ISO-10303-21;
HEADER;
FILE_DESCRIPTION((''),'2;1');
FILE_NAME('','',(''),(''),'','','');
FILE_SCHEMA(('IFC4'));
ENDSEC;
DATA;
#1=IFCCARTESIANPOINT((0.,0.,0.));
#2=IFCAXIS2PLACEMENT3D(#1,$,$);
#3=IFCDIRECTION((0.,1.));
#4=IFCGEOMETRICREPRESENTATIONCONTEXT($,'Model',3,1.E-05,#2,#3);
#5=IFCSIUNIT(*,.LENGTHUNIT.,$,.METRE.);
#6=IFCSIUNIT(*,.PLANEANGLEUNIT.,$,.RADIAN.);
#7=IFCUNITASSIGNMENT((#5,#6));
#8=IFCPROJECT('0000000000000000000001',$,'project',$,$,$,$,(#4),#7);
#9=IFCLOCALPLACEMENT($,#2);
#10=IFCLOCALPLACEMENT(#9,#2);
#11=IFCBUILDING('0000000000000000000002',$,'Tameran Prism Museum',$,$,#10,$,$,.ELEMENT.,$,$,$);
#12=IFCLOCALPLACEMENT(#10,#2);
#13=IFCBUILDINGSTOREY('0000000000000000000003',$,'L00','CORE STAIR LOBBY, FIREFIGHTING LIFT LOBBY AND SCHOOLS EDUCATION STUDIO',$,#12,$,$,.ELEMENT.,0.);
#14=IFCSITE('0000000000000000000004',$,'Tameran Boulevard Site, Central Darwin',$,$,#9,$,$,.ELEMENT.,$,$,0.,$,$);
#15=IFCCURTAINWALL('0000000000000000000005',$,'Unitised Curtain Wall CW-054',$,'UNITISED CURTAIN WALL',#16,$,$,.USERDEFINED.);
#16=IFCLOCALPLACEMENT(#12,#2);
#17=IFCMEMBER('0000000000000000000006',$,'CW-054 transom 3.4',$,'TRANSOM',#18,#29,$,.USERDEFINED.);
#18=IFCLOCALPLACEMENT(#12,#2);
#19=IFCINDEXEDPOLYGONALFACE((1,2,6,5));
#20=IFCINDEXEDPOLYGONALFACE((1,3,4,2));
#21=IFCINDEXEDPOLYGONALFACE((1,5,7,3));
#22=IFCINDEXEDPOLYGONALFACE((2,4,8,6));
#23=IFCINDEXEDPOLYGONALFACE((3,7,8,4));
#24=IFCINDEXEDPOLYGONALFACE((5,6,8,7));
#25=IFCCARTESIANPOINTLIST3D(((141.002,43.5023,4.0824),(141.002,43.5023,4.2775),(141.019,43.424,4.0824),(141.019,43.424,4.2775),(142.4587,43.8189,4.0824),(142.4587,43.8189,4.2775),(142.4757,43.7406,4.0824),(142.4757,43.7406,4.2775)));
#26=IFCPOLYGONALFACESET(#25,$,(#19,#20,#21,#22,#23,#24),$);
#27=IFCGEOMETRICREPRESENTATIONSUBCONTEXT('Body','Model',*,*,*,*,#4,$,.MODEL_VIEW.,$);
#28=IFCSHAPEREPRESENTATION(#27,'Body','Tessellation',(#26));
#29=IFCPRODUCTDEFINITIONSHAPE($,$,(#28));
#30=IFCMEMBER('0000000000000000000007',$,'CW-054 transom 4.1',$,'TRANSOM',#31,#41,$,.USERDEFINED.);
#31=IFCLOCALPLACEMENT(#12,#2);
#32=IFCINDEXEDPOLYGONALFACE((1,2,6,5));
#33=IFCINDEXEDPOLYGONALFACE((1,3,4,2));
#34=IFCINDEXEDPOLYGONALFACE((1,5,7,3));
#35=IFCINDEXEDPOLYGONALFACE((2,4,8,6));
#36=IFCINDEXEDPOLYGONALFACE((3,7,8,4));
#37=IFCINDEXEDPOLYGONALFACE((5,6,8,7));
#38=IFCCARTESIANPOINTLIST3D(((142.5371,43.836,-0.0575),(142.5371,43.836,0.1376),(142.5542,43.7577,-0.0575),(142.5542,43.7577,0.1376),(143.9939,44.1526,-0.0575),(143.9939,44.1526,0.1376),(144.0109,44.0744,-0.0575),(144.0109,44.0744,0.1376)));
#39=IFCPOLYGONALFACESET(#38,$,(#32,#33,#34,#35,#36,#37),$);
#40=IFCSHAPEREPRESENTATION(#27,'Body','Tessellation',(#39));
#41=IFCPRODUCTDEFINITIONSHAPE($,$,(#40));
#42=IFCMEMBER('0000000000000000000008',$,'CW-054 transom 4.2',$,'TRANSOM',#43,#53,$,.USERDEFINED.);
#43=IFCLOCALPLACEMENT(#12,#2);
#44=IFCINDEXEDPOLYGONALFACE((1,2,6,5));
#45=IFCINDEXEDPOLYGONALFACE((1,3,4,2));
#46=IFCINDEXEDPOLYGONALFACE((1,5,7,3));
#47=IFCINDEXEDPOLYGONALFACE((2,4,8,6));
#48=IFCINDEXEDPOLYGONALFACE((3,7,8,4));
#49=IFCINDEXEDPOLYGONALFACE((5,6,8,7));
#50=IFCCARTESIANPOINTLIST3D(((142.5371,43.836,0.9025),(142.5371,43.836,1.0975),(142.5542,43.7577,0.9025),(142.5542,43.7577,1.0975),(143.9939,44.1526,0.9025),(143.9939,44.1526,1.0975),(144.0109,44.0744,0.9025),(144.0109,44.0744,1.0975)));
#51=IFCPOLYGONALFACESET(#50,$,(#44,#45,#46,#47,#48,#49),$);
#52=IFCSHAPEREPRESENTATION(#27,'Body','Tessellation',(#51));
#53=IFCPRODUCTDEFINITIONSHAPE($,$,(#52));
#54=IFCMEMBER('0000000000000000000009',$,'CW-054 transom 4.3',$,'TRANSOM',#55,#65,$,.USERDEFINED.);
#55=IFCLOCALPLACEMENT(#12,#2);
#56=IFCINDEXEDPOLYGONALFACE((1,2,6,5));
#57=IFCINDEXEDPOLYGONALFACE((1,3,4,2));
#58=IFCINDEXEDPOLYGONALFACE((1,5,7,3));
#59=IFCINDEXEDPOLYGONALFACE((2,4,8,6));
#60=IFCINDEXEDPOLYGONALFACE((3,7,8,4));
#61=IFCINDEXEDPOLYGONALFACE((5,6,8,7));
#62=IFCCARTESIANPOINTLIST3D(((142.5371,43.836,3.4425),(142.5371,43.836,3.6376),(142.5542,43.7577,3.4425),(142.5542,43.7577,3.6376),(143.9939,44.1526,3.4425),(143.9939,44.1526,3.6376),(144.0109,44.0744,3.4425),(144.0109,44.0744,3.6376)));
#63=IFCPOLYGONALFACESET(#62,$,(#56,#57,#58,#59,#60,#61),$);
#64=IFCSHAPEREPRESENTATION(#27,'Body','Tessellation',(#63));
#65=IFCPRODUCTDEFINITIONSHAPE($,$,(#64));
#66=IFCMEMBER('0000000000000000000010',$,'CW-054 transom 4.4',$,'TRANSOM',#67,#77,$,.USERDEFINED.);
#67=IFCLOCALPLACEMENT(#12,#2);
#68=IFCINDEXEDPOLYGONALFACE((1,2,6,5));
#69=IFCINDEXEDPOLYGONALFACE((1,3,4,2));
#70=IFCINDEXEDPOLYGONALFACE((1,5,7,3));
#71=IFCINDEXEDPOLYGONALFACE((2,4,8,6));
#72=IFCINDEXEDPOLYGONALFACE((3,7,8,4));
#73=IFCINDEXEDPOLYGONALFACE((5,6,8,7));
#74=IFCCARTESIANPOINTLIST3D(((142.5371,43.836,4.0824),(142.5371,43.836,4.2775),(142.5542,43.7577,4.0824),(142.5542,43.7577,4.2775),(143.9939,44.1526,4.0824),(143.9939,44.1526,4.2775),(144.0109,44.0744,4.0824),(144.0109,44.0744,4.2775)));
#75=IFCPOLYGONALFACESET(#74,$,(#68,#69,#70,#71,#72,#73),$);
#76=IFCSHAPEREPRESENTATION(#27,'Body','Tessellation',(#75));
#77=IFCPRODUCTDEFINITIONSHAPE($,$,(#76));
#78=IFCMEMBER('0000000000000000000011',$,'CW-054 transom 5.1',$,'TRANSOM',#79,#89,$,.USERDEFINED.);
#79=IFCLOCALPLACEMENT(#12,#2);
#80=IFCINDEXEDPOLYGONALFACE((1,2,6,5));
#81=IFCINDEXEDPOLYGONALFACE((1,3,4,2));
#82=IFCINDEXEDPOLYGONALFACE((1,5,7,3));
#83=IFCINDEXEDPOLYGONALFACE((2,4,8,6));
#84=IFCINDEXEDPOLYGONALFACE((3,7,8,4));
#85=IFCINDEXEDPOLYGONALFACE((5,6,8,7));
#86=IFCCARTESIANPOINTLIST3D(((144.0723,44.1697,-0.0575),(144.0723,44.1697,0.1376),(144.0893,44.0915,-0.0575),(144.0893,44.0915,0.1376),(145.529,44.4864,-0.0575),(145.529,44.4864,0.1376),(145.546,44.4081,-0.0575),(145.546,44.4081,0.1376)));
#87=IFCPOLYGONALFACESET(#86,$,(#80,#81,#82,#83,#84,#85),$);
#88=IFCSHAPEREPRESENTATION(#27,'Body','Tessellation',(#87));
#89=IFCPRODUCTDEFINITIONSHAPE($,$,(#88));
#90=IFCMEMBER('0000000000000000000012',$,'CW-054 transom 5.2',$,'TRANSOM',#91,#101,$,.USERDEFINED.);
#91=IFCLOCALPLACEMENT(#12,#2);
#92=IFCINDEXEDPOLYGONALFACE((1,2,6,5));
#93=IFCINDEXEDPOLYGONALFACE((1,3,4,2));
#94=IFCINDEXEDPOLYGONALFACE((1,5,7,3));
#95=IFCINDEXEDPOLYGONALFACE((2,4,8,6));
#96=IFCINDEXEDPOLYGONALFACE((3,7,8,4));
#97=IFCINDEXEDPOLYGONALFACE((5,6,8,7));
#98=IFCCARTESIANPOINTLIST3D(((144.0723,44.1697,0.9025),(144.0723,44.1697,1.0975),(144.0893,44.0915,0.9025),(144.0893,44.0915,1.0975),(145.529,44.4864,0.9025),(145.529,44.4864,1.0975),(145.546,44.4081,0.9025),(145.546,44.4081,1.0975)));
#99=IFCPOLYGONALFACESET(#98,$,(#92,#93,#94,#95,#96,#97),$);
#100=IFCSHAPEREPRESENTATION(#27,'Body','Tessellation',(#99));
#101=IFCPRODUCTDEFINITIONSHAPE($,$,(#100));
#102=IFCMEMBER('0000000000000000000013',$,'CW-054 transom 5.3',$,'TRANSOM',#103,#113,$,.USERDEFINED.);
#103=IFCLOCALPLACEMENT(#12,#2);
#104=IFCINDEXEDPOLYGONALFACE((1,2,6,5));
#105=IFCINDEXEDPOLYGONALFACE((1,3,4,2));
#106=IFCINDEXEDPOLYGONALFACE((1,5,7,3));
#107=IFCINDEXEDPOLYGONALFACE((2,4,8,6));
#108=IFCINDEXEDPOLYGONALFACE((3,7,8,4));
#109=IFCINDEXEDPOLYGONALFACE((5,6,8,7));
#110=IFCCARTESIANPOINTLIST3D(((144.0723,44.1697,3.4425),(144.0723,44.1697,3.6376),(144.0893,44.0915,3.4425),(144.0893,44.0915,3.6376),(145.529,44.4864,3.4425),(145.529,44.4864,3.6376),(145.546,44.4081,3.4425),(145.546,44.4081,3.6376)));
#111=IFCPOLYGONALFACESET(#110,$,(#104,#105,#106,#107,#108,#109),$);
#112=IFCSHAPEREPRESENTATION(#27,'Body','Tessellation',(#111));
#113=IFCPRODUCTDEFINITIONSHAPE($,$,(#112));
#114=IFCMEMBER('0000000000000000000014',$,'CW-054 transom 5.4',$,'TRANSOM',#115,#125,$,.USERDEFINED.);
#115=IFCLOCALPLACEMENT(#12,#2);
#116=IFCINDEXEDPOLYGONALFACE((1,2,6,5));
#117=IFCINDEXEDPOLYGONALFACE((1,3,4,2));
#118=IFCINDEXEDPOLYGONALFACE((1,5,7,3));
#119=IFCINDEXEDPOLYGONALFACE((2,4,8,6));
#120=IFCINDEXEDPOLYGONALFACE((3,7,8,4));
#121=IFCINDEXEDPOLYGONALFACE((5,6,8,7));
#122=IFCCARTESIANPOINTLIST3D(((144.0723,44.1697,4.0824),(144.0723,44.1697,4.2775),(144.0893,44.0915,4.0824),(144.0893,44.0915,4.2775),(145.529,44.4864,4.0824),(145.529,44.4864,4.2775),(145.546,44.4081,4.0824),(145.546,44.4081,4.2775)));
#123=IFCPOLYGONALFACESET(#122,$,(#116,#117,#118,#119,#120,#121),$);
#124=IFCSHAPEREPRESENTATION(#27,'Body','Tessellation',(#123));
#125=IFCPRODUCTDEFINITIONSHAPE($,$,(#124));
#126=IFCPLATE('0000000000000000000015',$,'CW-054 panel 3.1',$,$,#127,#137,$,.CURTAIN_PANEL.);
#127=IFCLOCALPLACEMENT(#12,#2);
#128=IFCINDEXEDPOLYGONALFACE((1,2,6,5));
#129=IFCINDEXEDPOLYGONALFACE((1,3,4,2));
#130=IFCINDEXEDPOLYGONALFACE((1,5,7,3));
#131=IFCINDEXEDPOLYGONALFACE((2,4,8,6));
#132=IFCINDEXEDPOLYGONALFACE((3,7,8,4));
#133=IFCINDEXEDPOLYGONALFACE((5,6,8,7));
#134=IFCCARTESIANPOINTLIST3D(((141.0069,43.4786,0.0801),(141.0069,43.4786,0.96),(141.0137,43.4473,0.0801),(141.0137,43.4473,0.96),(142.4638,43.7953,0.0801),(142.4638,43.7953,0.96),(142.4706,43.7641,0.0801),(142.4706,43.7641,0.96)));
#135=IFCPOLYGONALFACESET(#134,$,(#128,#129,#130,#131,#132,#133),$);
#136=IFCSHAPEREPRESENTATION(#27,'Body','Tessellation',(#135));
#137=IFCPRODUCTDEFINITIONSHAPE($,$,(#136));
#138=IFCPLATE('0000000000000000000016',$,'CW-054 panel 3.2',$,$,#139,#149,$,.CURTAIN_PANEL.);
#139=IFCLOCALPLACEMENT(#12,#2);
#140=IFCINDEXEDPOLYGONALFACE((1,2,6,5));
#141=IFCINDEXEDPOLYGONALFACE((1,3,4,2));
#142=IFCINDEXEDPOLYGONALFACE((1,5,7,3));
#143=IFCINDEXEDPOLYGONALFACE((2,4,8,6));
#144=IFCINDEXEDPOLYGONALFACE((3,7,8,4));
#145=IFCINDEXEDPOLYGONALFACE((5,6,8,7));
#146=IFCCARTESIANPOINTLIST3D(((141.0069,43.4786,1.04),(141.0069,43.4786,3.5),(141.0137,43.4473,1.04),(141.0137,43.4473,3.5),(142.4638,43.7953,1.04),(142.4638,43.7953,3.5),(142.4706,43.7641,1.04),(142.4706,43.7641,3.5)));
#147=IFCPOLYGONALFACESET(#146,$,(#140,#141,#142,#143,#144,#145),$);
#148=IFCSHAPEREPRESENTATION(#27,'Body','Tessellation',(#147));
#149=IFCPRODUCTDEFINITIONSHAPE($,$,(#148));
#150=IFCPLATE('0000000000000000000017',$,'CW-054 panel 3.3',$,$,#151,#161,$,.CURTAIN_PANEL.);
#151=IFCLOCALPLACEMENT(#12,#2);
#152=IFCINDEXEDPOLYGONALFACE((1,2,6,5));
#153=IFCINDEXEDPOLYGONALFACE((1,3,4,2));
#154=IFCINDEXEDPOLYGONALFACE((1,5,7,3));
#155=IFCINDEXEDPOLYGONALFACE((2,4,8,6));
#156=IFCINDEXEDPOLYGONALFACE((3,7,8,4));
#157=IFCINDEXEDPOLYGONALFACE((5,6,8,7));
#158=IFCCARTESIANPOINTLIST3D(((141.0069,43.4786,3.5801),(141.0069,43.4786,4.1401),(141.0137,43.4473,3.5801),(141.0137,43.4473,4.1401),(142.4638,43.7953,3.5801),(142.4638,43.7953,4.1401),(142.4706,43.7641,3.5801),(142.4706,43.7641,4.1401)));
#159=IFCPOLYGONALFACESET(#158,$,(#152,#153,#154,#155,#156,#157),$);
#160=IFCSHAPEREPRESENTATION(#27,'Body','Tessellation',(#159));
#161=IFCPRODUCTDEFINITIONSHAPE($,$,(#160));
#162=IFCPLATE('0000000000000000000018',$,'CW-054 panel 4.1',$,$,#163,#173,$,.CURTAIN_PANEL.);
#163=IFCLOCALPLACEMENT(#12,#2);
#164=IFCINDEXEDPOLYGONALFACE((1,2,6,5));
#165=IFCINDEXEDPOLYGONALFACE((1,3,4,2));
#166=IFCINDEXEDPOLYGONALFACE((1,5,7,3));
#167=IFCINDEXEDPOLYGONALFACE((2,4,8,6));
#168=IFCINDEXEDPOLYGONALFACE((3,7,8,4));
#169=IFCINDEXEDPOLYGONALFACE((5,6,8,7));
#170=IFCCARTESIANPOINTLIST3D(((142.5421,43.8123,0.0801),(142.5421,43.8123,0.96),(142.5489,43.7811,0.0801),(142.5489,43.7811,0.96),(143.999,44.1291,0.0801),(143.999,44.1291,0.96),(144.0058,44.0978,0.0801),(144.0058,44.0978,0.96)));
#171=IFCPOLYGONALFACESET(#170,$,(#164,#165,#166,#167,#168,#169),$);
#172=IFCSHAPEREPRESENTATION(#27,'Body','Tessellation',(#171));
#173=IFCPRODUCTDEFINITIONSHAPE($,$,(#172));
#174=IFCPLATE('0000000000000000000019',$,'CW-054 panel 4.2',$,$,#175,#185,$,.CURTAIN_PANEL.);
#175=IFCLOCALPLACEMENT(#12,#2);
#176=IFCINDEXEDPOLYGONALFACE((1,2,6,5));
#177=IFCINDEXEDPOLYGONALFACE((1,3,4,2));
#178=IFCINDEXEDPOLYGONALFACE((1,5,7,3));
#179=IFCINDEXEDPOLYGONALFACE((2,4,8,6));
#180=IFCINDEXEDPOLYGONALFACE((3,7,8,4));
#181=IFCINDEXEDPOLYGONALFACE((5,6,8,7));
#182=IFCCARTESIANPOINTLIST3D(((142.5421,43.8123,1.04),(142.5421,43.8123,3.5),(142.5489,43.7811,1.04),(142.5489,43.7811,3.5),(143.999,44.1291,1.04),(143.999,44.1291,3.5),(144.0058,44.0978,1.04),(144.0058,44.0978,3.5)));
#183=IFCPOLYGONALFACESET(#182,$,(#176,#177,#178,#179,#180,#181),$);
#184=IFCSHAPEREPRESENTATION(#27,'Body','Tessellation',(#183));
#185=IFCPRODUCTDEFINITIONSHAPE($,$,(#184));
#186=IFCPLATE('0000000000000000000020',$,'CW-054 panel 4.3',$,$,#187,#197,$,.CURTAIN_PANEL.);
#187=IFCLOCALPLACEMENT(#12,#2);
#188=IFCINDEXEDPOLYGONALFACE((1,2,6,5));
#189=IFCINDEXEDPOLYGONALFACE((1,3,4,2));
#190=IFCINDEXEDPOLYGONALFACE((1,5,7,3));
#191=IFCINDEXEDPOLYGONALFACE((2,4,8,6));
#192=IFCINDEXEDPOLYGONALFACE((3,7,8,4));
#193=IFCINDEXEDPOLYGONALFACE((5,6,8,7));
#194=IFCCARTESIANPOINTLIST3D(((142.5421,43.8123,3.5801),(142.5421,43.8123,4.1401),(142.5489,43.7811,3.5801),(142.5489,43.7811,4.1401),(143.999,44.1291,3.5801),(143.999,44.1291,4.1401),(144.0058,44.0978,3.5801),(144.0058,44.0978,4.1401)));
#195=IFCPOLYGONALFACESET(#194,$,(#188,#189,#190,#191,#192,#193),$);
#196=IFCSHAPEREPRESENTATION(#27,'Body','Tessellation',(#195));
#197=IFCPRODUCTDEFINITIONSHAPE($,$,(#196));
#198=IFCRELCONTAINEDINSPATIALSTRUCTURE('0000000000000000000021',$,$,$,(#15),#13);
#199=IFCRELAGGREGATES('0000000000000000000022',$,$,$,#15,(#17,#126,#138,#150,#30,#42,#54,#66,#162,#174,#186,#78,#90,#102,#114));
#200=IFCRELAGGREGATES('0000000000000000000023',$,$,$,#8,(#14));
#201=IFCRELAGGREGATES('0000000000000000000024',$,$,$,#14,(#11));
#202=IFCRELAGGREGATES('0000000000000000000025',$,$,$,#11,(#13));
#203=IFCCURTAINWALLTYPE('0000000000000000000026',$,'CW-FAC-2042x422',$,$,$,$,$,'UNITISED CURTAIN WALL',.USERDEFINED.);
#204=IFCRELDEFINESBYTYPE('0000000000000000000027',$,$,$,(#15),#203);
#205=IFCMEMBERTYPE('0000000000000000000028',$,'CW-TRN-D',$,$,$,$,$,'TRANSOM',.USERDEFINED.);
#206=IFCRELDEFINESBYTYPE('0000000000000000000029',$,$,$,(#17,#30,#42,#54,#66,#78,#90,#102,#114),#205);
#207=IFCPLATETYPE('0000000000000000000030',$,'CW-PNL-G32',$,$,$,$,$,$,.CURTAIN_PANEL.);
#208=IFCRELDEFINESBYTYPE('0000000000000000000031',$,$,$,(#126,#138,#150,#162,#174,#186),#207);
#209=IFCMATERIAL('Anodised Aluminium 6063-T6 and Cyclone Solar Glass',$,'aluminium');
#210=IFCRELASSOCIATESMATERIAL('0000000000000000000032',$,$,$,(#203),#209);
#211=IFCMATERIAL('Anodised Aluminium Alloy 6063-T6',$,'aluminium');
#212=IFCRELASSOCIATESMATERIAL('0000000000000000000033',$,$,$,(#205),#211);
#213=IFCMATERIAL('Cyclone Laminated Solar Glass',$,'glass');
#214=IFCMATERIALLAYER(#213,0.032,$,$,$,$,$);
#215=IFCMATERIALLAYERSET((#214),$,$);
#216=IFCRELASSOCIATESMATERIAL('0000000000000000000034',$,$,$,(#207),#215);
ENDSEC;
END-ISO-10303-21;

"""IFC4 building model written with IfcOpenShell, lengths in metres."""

from ifc_helpers import new_model, si_unit, direction, frame, origin, origin_2d, place, context, subcontext, project, spatial, rectangle, extrude, material, layer, layer_set, material_profile, profile_set, type_object, element, aggregate, save


model = new_model("IFC4")

# Units and contexts
model_context = context("Model", 3, precision=1e-05, world=origin(), true_north=direction((0.0, 1.0)))
body_context = subcontext(model_context, "Body", "Model", "MODEL_VIEW")
ifc_project = project(units=[si_unit("LENGTHUNIT", "METRE"), si_unit("PLANEANGLEUNIT", "RADIAN")], contexts=[model_context])

# Site, building, storey
site_placement = place(None, origin())
site = spatial("IfcSite", under=ifc_project, at=site_placement, Name="Tameran Boulevard Site, Central Darwin", CompositionType="ELEMENT", RefElevation=0.0)
building_placement = place(site_placement, origin())
building = spatial("IfcBuilding", under=site, at=building_placement, Name="Tameran Prism Museum", CompositionType="ELEMENT")
storey_placement = place(building_placement, origin())
storey = spatial("IfcBuildingStorey", under=building, at=storey_placement, Name="L00", Description="CORE STAIR LOBBY, FIREFIGHTING LIFT LOBBY AND SCHOOLS EDUCATION STUDIO", CompositionType="ELEMENT", Elevation=0.0)

# Curtain wall, members, plates
ifc_material_1 = material(Name="Anodised Aluminium 6063-T6 and Cyclone Solar Glass", Category="aluminium")
curtain_wall_type = type_object("IfcCurtainWallType", Name="CW-FAC-2042x422", ElementType="UNITISED CURTAIN WALL", PredefinedType="USERDEFINED", material=ifc_material_1)
curtain_wall_placement = place(storey_placement, origin())
curtain_wall = element("IfcCurtainWall", 1, at=curtain_wall_placement, inside=storey, type_object=curtain_wall_type, Name="Unitised Curtain Wall CW-054", ObjectType="UNITISED CURTAIN WALL", PredefinedType="USERDEFINED")
ifc_material_2 = material(Name="Anodised Aluminium Alloy 6063-T6", Category="aluminium")
ifc_material_profile_1 = material_profile(ifc_material_2, rectangle(XDim=0.0801, YDim=0.1951, at=origin_2d()))
ifc_profile_set_1 = profile_set([ifc_material_profile_1])
member_type_1 = type_object("IfcMemberType", Name="CW-TRN-D", ElementType="TRANSOM", PredefinedType="USERDEFINED", material=ifc_profile_set_1)
member_1_placement = place(storey_placement, frame((141.0105, 43.4631, 4.1799), z_axis=(0.977182, 0.212402, 0.0), x_axis=(-0.212402, 0.977182, 0.0)))
member_1 = element("IfcMember", 2, at=member_1_placement, type_object=member_type_1, Name="CW-054 transom 3.4", ObjectType="TRANSOM", PredefinedType="USERDEFINED", context=body_context, shape_type="SweptSolid", body=[
    extrude(rectangle(XDim=0.0801, YDim=0.1951, at=origin_2d()), origin(), (0.0, 0.0, 1.0), 1.4907),
])
member_2_placement = place(storey_placement, frame((142.5457, 43.7969, 0.04), z_axis=(0.977182, 0.212402, 0.0), x_axis=(-0.212402, 0.977182, 0.0)))
member_2 = element("IfcMember", 3, at=member_2_placement, type_object=member_type_1, Name="CW-054 transom 4.1", ObjectType="TRANSOM", PredefinedType="USERDEFINED", context=body_context, shape_type="SweptSolid", body=[
    extrude(rectangle(XDim=0.0801, YDim=0.1951, at=origin_2d()), origin(), (0.0, 0.0, 1.0), 1.4907),
])
member_3_placement = place(storey_placement, frame((142.5457, 43.7969, 1.0), z_axis=(0.977182, 0.212402, 0.0), x_axis=(-0.212402, 0.977182, 0.0)))
member_3 = element("IfcMember", 4, at=member_3_placement, type_object=member_type_1, Name="CW-054 transom 4.2", ObjectType="TRANSOM", PredefinedType="USERDEFINED", context=body_context, shape_type="SweptSolid", body=[
    extrude(rectangle(XDim=0.0801, YDim=0.1951, at=origin_2d()), origin(), (0.0, 0.0, 1.0), 1.4907),
])
member_4_placement = place(storey_placement, frame((142.5457, 43.7969, 3.54), z_axis=(0.977182, 0.212402, 0.0), x_axis=(-0.212402, 0.977182, 0.0)))
member_4 = element("IfcMember", 5, at=member_4_placement, type_object=member_type_1, Name="CW-054 transom 4.3", ObjectType="TRANSOM", PredefinedType="USERDEFINED", context=body_context, shape_type="SweptSolid", body=[
    extrude(rectangle(XDim=0.0801, YDim=0.1951, at=origin_2d()), origin(), (0.0, 0.0, 1.0), 1.4907),
])
member_5_placement = place(storey_placement, frame((142.5457, 43.7969, 4.1799), z_axis=(0.977182, 0.212402, 0.0), x_axis=(-0.212402, 0.977182, 0.0)))
member_5 = element("IfcMember", 6, at=member_5_placement, type_object=member_type_1, Name="CW-054 transom 4.4", ObjectType="TRANSOM", PredefinedType="USERDEFINED", context=body_context, shape_type="SweptSolid", body=[
    extrude(rectangle(XDim=0.0801, YDim=0.1951, at=origin_2d()), origin(), (0.0, 0.0, 1.0), 1.4907),
])
member_6_placement = place(storey_placement, frame((144.0808, 44.1306, 0.04), z_axis=(0.977182, 0.212402, 0.0), x_axis=(-0.212402, 0.977182, 0.0)))
member_6 = element("IfcMember", 7, at=member_6_placement, type_object=member_type_1, Name="CW-054 transom 5.1", ObjectType="TRANSOM", PredefinedType="USERDEFINED", context=body_context, shape_type="SweptSolid", body=[
    extrude(rectangle(XDim=0.0801, YDim=0.1951, at=origin_2d()), origin(), (0.0, 0.0, 1.0), 1.4907),
])
member_7_placement = place(storey_placement, frame((144.0808, 44.1306, 1.0), z_axis=(0.977182, 0.212402, 0.0), x_axis=(-0.212402, 0.977182, 0.0)))
member_7 = element("IfcMember", 8, at=member_7_placement, type_object=member_type_1, Name="CW-054 transom 5.2", ObjectType="TRANSOM", PredefinedType="USERDEFINED", context=body_context, shape_type="SweptSolid", body=[
    extrude(rectangle(XDim=0.0801, YDim=0.1951, at=origin_2d()), origin(), (0.0, 0.0, 1.0), 1.4907),
])
member_8_placement = place(storey_placement, frame((144.0808, 44.1306, 3.54), z_axis=(0.977182, 0.212402, 0.0), x_axis=(-0.212402, 0.977182, 0.0)))
member_8 = element("IfcMember", 9, at=member_8_placement, type_object=member_type_1, Name="CW-054 transom 5.3", ObjectType="TRANSOM", PredefinedType="USERDEFINED", context=body_context, shape_type="SweptSolid", body=[
    extrude(rectangle(XDim=0.0801, YDim=0.1951, at=origin_2d()), origin(), (0.0, 0.0, 1.0), 1.4907),
])
member_9_placement = place(storey_placement, frame((144.0808, 44.1306, 4.1799), z_axis=(0.977182, 0.212402, 0.0), x_axis=(-0.212402, 0.977182, 0.0)))
member_9 = element("IfcMember", 10, at=member_9_placement, type_object=member_type_1, Name="CW-054 transom 5.4", ObjectType="TRANSOM", PredefinedType="USERDEFINED", context=body_context, shape_type="SweptSolid", body=[
    extrude(rectangle(XDim=0.0801, YDim=0.1951, at=origin_2d()), origin(), (0.0, 0.0, 1.0), 1.4907),
])
ifc_material_3 = material(Name="Cyclone Laminated Solar Glass", Category="glass")
ifc_layer_1 = layer(ifc_material_3, 0.032)
ifc_layer_set_1 = layer_set([ifc_layer_1])
plate_type = type_object("IfcPlateType", Name="CW-PNL-G32", PredefinedType="CURTAIN_PANEL", material=ifc_layer_set_1)
plate_1_placement = place(storey_placement, frame((141.7388, 43.6213, 0.0801), z_axis=(0.0, 0.0, 1.0), x_axis=(0.977171, 0.212454, 0.0)))
plate_1 = element("IfcPlate", 11, at=plate_1_placement, type_object=plate_type, Name="CW-054 panel 3.1", PredefinedType="CURTAIN_PANEL", context=body_context, shape_type="SweptSolid", body=[
    extrude(rectangle(XDim=1.491, YDim=0.032, at=origin_2d()), origin(), (0.0, 0.0, 1.0), 0.8799),
])
plate_2_placement = place(storey_placement, frame((141.7388, 43.6213, 1.04), z_axis=(0.0, 0.0, 1.0), x_axis=(0.977171, 0.212454, 0.0)))
plate_2 = element("IfcPlate", 12, at=plate_2_placement, type_object=plate_type, Name="CW-054 panel 3.2", PredefinedType="CURTAIN_PANEL", context=body_context, shape_type="SweptSolid", body=[
    extrude(rectangle(XDim=1.491, YDim=0.032, at=origin_2d()), origin(), (0.0, 0.0, 1.0), 2.46),
])
plate_3_placement = place(storey_placement, frame((141.7388, 43.6213, 3.5801), z_axis=(0.0, 0.0, 1.0), x_axis=(0.977171, 0.212454, 0.0)))
plate_3 = element("IfcPlate", 13, at=plate_3_placement, type_object=plate_type, Name="CW-054 panel 3.3", PredefinedType="CURTAIN_PANEL", context=body_context, shape_type="SweptSolid", body=[
    extrude(rectangle(XDim=1.491, YDim=0.032, at=origin_2d()), origin(), (0.0, 0.0, 1.0), 0.5601),
])
plate_4_placement = place(storey_placement, frame((143.2739, 43.9551, 0.0801), z_axis=(0.0, 0.0, 1.0), x_axis=(0.977171, 0.212454, 0.0)))
plate_4 = element("IfcPlate", 14, at=plate_4_placement, type_object=plate_type, Name="CW-054 panel 4.1", PredefinedType="CURTAIN_PANEL", context=body_context, shape_type="SweptSolid", body=[
    extrude(rectangle(XDim=1.491, YDim=0.032, at=origin_2d()), origin(), (0.0, 0.0, 1.0), 0.8799),
])
plate_5_placement = place(storey_placement, frame((143.2739, 43.9551, 1.04), z_axis=(0.0, 0.0, 1.0), x_axis=(0.977171, 0.212454, 0.0)))
plate_5 = element("IfcPlate", 15, at=plate_5_placement, type_object=plate_type, Name="CW-054 panel 4.2", PredefinedType="CURTAIN_PANEL", context=body_context, shape_type="SweptSolid", body=[
    extrude(rectangle(XDim=1.491, YDim=0.032, at=origin_2d()), origin(), (0.0, 0.0, 1.0), 2.46),
])
plate_6_placement = place(storey_placement, frame((143.2739, 43.9551, 3.5801), z_axis=(0.0, 0.0, 1.0), x_axis=(0.977171, 0.212454, 0.0)))
plate_6 = element("IfcPlate", 16, at=plate_6_placement, type_object=plate_type, Name="CW-054 panel 4.3", PredefinedType="CURTAIN_PANEL", context=body_context, shape_type="SweptSolid", body=[
    extrude(rectangle(XDim=1.491, YDim=0.032, at=origin_2d()), origin(), (0.0, 0.0, 1.0), 0.5601),
])
aggregate(curtain_wall, [member_1, plate_1, plate_2, plate_3, member_2, member_3, member_4, member_5, plate_4, plate_5, plate_6, member_6, member_7, member_8, member_9])

save(model, "model.ifc")
